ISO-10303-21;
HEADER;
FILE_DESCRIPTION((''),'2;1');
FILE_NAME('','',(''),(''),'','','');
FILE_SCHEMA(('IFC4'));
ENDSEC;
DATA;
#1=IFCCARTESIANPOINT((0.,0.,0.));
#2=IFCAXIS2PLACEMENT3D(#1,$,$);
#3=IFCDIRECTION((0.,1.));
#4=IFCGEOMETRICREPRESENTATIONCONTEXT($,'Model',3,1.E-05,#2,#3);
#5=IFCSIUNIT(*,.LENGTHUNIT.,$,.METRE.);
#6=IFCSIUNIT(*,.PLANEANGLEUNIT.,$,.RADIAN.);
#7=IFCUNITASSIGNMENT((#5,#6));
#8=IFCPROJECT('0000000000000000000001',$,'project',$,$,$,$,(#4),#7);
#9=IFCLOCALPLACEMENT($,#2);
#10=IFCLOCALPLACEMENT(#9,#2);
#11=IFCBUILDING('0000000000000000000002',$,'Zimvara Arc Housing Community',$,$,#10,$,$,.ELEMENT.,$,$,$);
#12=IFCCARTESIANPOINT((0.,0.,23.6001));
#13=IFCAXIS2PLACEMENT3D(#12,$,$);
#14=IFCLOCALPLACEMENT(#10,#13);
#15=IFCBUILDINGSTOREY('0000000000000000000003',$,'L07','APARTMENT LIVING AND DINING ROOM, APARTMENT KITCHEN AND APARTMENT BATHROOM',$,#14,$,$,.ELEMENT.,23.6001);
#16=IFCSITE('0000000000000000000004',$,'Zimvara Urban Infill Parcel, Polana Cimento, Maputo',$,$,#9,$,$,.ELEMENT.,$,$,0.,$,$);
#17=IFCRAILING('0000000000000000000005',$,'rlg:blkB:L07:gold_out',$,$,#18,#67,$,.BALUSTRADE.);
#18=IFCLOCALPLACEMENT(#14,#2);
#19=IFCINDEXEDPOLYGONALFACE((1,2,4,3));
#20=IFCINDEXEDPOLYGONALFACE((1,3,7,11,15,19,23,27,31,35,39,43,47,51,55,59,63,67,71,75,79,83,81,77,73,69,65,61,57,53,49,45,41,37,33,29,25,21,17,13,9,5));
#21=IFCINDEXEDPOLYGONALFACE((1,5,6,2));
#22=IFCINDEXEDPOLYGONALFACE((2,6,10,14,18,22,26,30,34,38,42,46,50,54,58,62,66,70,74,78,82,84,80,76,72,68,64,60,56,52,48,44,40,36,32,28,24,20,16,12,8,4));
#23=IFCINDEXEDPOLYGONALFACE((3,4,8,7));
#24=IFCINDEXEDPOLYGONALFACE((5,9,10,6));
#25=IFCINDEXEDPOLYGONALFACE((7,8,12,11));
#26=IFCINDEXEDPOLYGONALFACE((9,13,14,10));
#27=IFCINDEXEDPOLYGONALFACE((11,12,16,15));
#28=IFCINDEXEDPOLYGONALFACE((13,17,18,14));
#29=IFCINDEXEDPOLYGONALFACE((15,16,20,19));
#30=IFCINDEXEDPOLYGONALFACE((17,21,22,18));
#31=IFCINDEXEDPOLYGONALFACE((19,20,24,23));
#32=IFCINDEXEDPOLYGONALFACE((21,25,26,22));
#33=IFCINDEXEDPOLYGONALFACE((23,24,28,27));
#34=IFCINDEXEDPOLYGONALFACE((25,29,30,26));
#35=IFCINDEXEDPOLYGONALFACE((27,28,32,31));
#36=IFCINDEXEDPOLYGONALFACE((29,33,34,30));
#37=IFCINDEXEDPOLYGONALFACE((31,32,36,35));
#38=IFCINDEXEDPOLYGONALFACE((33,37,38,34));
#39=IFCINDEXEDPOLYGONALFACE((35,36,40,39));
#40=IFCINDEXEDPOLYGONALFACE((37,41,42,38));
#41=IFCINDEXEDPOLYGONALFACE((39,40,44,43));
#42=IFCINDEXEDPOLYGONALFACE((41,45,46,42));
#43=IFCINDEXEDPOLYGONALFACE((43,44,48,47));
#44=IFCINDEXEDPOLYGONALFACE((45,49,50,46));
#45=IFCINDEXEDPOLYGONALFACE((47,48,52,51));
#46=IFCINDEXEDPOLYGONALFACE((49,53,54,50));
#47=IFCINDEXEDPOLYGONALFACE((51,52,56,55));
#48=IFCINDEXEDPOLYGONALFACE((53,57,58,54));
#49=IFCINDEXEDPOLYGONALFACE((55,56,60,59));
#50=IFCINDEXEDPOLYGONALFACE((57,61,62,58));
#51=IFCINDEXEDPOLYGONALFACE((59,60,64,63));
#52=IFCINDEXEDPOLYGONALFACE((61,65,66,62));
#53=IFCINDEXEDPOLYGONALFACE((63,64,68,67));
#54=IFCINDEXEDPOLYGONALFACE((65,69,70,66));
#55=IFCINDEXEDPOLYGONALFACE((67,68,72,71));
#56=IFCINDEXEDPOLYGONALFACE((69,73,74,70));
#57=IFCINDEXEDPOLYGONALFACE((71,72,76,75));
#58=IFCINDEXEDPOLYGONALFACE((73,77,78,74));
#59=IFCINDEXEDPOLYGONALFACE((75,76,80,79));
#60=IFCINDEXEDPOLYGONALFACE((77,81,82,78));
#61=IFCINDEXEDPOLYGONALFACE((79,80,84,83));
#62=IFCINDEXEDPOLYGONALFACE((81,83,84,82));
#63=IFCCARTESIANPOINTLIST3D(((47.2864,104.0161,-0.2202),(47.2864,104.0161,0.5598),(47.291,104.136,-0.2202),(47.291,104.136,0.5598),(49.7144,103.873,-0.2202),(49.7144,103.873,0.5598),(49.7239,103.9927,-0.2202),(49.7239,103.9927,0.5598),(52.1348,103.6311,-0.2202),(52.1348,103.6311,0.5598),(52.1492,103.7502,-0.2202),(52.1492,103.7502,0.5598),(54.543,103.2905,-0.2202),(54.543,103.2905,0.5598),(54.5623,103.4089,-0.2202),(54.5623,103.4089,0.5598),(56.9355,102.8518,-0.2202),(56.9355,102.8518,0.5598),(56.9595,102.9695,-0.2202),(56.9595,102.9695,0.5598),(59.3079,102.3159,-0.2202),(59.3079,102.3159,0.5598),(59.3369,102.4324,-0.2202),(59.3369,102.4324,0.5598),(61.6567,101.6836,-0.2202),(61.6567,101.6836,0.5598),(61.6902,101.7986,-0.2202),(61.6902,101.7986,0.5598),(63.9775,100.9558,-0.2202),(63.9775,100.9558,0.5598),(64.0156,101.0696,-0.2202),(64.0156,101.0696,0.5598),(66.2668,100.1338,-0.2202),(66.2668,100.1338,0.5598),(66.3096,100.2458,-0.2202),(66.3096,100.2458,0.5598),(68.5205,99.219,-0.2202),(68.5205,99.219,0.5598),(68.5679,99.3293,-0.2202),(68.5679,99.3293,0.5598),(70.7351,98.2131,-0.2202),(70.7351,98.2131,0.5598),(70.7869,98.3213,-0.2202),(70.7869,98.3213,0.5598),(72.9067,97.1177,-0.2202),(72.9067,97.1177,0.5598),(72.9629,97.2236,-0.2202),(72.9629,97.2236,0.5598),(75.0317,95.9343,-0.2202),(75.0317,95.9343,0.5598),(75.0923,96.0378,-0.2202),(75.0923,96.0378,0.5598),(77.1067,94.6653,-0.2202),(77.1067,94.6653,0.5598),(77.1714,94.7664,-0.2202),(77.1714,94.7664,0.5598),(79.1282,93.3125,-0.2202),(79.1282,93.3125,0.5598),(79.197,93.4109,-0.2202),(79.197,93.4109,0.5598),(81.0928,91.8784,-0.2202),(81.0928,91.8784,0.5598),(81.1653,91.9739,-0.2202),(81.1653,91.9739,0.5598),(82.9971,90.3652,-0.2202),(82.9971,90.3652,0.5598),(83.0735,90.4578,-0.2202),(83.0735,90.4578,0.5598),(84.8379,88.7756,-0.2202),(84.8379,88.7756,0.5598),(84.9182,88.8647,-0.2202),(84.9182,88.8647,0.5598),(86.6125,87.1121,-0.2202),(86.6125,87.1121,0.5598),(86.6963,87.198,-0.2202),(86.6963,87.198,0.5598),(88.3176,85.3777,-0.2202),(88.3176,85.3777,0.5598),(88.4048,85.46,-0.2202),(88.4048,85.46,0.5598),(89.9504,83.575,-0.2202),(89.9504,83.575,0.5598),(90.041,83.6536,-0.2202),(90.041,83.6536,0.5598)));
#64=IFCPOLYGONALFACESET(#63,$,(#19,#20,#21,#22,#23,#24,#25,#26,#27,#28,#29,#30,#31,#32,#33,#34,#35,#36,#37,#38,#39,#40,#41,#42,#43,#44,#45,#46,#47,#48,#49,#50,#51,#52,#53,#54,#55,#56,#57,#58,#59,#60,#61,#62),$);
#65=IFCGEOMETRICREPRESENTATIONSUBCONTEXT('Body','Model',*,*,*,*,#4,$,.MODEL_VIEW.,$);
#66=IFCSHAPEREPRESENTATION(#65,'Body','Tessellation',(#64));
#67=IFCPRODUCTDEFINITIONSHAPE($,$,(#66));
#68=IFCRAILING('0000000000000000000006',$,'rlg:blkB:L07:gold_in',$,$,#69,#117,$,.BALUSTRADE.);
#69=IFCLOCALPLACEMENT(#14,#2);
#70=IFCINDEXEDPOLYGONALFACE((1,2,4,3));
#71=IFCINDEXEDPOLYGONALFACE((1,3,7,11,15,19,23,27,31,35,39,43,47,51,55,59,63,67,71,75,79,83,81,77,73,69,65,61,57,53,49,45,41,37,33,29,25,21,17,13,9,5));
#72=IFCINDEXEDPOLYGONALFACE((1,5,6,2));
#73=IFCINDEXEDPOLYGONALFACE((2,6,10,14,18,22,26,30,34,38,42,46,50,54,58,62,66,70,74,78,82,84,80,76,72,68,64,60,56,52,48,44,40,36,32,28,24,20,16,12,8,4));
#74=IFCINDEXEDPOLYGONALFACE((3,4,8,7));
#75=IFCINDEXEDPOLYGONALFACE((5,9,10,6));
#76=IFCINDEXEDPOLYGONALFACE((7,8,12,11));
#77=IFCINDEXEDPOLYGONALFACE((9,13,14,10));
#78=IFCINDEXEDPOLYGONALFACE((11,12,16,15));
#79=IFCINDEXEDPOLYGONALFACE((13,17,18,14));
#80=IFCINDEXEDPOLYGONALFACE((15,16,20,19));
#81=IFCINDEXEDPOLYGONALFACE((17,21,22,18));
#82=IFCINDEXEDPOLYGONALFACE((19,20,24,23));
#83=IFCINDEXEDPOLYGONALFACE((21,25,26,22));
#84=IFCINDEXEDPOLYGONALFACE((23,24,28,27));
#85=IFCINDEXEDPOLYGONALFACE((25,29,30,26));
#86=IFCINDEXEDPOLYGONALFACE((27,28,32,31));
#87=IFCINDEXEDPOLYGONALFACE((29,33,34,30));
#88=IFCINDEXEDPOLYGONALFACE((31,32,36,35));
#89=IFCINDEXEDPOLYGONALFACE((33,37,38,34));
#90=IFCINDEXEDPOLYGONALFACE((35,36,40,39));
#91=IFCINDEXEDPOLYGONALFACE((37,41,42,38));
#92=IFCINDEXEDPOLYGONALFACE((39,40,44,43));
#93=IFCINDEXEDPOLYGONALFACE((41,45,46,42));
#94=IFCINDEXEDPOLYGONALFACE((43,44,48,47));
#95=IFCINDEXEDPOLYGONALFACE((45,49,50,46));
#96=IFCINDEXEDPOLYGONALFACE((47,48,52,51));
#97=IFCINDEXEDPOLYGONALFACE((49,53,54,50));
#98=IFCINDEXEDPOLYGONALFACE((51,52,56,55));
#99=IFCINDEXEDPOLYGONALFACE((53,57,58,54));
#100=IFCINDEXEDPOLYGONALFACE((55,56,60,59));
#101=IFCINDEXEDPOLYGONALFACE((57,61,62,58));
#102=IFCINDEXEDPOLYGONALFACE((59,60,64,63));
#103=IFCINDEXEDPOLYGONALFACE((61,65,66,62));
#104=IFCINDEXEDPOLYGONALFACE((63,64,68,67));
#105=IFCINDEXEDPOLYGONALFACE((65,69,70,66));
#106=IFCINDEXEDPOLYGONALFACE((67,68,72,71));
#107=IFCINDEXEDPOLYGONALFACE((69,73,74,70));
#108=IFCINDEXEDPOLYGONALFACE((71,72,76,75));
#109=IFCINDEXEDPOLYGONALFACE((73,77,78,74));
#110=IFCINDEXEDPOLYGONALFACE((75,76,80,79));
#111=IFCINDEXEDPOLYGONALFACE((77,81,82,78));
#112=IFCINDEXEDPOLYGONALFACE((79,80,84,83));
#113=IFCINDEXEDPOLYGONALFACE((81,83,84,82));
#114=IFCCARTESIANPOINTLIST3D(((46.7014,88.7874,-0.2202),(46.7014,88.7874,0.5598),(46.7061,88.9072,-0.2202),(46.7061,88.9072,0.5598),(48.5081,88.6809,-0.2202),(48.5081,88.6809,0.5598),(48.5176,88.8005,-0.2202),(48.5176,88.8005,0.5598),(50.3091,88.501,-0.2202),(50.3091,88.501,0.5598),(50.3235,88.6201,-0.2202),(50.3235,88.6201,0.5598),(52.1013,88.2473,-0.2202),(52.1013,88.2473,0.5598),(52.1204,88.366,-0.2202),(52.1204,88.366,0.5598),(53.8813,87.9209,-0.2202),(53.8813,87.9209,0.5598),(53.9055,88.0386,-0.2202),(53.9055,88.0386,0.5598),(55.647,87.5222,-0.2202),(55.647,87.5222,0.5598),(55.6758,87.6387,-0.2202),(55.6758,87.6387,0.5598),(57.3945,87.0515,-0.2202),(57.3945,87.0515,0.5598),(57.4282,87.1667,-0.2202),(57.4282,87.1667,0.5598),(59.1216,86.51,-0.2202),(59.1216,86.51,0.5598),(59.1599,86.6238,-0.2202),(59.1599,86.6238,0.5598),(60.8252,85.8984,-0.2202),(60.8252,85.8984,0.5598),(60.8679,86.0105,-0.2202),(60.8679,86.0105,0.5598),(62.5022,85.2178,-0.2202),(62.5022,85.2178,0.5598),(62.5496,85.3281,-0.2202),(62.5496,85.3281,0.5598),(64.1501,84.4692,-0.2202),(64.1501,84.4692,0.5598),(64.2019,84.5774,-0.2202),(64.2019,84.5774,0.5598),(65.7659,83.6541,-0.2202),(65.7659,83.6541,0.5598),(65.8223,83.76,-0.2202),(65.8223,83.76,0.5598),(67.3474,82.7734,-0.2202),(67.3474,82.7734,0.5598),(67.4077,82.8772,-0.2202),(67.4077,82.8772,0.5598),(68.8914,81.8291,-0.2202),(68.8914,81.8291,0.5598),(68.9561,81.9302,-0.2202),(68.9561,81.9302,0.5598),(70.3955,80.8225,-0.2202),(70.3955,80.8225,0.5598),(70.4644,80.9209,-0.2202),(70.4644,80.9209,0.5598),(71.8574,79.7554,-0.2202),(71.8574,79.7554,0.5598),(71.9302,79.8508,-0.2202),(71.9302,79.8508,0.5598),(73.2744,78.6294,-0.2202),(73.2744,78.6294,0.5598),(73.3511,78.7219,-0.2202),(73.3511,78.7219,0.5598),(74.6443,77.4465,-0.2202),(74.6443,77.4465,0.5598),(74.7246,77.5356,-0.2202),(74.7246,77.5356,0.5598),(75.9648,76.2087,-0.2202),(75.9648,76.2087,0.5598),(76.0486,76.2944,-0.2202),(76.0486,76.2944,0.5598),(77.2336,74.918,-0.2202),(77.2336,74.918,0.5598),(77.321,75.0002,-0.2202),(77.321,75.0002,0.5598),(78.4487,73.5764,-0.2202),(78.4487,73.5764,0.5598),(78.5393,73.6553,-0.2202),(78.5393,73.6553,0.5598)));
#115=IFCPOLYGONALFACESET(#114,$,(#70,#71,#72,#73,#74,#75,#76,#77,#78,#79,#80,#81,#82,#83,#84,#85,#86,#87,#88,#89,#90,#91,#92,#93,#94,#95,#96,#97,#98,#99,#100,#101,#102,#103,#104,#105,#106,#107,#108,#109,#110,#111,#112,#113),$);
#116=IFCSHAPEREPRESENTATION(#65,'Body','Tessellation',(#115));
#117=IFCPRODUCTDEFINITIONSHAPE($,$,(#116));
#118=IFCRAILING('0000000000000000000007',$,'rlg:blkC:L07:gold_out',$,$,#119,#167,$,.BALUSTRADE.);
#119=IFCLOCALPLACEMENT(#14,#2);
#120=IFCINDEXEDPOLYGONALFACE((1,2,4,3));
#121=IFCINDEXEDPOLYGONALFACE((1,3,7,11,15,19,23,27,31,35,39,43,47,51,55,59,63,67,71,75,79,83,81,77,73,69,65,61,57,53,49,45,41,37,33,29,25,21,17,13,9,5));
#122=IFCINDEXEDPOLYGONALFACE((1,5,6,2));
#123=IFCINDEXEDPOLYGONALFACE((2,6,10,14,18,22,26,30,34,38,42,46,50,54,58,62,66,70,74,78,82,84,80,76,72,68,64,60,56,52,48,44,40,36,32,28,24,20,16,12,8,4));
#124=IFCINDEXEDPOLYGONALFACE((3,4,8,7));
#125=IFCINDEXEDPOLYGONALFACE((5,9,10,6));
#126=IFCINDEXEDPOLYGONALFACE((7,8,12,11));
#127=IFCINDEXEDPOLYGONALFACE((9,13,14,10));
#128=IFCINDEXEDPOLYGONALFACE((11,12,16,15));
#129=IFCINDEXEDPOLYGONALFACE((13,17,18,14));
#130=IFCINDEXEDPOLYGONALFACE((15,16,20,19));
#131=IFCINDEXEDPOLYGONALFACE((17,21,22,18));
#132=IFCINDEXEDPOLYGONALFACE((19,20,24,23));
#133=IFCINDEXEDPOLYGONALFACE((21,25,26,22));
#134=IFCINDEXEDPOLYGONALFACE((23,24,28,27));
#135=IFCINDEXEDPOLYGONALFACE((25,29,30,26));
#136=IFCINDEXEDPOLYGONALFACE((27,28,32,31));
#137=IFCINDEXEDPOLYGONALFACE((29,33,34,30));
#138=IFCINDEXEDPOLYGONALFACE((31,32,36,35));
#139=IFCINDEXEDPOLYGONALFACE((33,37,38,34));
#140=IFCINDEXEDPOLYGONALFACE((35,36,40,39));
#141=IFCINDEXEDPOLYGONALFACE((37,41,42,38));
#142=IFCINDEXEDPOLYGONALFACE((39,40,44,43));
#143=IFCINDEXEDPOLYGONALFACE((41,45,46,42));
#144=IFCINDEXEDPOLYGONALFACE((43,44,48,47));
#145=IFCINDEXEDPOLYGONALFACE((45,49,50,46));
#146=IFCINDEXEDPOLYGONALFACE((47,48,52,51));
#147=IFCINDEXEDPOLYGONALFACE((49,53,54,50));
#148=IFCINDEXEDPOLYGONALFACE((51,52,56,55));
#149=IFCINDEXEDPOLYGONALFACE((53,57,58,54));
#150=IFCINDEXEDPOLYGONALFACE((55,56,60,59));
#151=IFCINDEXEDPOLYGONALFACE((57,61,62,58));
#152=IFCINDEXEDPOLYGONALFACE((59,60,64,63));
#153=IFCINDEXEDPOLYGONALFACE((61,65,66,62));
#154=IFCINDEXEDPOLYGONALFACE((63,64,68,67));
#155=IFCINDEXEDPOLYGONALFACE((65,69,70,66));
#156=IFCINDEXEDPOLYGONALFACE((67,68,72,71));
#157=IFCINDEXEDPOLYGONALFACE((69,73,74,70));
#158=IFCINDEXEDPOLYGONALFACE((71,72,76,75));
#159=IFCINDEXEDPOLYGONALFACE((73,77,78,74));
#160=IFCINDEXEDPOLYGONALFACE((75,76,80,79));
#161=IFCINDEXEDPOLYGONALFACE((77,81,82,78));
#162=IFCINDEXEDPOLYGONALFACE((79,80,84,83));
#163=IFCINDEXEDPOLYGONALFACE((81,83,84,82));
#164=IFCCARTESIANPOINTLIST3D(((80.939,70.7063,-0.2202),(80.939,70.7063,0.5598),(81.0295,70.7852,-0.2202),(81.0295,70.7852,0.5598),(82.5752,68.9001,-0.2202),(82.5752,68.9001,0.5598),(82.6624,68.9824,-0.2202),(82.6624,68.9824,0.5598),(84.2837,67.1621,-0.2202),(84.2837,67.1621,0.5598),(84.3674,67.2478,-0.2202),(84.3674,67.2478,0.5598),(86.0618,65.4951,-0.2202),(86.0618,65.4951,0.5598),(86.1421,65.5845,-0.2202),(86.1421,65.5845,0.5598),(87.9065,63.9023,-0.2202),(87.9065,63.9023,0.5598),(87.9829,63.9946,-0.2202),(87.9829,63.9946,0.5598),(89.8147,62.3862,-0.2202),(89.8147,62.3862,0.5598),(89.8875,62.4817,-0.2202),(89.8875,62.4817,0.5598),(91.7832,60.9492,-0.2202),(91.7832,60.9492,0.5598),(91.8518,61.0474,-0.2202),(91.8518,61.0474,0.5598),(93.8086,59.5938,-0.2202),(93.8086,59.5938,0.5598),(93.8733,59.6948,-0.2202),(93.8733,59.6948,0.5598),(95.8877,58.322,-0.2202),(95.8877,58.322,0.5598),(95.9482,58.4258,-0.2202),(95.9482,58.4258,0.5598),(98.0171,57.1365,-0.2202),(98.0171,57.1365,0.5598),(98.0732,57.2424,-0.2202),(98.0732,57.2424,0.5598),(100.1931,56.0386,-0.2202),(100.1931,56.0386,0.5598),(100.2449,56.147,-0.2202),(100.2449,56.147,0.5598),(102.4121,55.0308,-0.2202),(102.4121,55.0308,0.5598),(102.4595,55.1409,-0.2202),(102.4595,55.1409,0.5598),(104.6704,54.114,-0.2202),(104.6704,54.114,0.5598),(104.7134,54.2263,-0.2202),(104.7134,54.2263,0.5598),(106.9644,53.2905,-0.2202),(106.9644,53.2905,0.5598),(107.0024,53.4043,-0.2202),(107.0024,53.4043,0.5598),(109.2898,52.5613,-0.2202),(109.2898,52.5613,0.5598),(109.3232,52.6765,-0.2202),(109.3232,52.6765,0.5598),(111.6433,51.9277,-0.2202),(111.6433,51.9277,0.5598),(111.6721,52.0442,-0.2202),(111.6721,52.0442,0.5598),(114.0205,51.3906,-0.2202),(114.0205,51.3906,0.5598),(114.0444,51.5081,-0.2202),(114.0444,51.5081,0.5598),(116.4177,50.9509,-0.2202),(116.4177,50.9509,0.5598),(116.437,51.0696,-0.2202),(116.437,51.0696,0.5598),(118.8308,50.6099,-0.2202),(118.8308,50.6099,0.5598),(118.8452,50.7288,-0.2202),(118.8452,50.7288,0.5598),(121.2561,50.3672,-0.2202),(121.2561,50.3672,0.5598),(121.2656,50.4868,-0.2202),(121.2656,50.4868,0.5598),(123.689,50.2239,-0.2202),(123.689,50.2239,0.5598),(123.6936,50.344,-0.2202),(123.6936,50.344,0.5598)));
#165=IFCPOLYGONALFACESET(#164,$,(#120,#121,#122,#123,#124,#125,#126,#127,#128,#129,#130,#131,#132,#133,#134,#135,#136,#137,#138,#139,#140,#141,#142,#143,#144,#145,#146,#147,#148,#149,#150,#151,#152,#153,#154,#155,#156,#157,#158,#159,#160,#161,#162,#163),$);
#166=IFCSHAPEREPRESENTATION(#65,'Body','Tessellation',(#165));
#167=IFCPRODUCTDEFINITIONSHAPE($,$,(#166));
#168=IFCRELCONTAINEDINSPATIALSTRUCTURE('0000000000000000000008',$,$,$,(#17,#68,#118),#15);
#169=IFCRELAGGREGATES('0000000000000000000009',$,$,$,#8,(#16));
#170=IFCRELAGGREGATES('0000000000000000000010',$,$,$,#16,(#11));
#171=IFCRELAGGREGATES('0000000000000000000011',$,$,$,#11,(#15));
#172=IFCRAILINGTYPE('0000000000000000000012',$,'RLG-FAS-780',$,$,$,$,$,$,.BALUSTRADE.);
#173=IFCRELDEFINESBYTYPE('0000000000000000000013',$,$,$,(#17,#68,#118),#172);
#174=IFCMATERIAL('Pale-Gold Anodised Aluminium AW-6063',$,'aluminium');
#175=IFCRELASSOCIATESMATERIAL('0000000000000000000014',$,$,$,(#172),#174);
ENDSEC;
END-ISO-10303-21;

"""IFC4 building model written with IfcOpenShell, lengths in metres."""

from ifc_helpers import new_model, si_unit, direction, frame, origin, place, context, subcontext, project, spatial, polyline, outline, extrude, material, type_object, element, save


model = new_model("IFC4")

# Units and contexts
model_context = context("Model", 3, precision=1e-05, world=origin(), true_north=direction((0.0, 1.0)))
body_context = subcontext(model_context, "Body", "Model", "MODEL_VIEW")
ifc_project = project(units=[si_unit("LENGTHUNIT", "METRE"), si_unit("PLANEANGLEUNIT", "RADIAN")], contexts=[model_context])

# Site, building, storey
site_placement = place(None, origin())
site = spatial("IfcSite", under=ifc_project, at=site_placement, Name="Zimvara Urban Infill Parcel, Polana Cimento, Maputo", CompositionType="ELEMENT", RefElevation=0.0)
building_placement = place(site_placement, origin())
building = spatial("IfcBuilding", under=site, at=building_placement, Name="Zimvara Arc Housing Community", CompositionType="ELEMENT")
storey_placement = place(building_placement, frame((0.0, 0.0, 23.6001)))
storey = spatial("IfcBuildingStorey", under=building, at=storey_placement, Name="L07", Description="APARTMENT LIVING AND DINING ROOM, APARTMENT KITCHEN AND APARTMENT BATHROOM", CompositionType="ELEMENT", Elevation=23.6001)

# Railings
ifc_material_1 = material(Name="Pale-Gold Anodised Aluminium AW-6063", Category="aluminium")
railing_type = type_object("IfcRailingType", Name="RLG-FAS-780", PredefinedType="BALUSTRADE", material=ifc_material_1)
railing_1_placement = place(storey_placement, frame((0.0, 0.0, -0.2202)))
element("IfcRailing", 1, at=railing_1_placement, inside=storey, type_object=railing_type, Name="rlg:blkB:L07:gold_out", PredefinedType="BALUSTRADE", context=body_context, shape_type="SweptSolid", body=[
    extrude(outline(polyline([(47.2864, 104.0161), (49.7144, 103.873), (52.1348, 103.6311), (54.543, 103.2905), (56.9355, 102.8518), (59.3079, 102.3159), (61.6567, 101.6836), (63.9775, 100.9558), (66.2668, 100.1338), (68.5205, 99.219), (70.7351, 98.2131), (72.9067, 97.1177), (75.0317, 95.9343), (77.1067, 94.6653), (79.1282, 93.3125), (81.0928, 91.8784), (82.9971, 90.3652), (84.8379, 88.7756), (86.6125, 87.1121), (88.3176, 85.3777), (89.9504, 83.575), (90.041, 83.6536), (88.4048, 85.46), (86.6963, 87.198), (84.9182, 88.8647), (83.0735, 90.4578), (81.1653, 91.9739), (79.197, 93.4109), (77.1714, 94.7664), (75.0923, 96.0378), (72.9629, 97.2236), (70.7869, 98.3213), (68.5679, 99.3293), (66.3096, 100.2458), (64.0156, 101.0696), (61.6902, 101.7986), (59.3369, 102.4324), (56.9595, 102.9695), (54.5623, 103.4089), (52.1492, 103.7502), (49.7239, 103.9927), (47.291, 104.136), (47.2864, 104.0161)])), origin(), (0.0, 0.0, 1.0), 0.78),
])
railing_2_placement = place(storey_placement, frame((0.0, 0.0, -0.2202)))
element("IfcRailing", 2, at=railing_2_placement, inside=storey, type_object=railing_type, Name="rlg:blkB:L07:gold_in", PredefinedType="BALUSTRADE", context=body_context, shape_type="SweptSolid", body=[
    extrude(outline(polyline([(46.7014, 88.7874), (48.5081, 88.6809), (50.3091, 88.501), (52.1013, 88.2473), (53.8813, 87.9209), (55.647, 87.5222), (57.3945, 87.0515), (59.1216, 86.51), (60.8252, 85.8984), (62.5022, 85.2178), (64.1501, 84.4692), (65.7659, 83.6541), (67.3474, 82.7734), (68.8914, 81.8291), (70.3955, 80.8225), (71.8574, 79.7554), (73.2744, 78.6294), (74.6443, 77.4465), (75.9648, 76.2087), (77.2336, 74.918), (78.4487, 73.5764), (78.5393, 73.6553), (77.321, 75.0002), (76.0486, 76.2944), (74.7246, 77.5356), (73.3511, 78.7219), (71.9302, 79.8508), (70.4644, 80.9209), (68.9561, 81.9302), (67.4077, 82.8772), (65.8223, 83.76), (64.2019, 84.5774), (62.5496, 85.3281), (60.8679, 86.0105), (59.1599, 86.6238), (57.4282, 87.1667), (55.6758, 87.6387), (53.9055, 88.0386), (52.1204, 88.366), (50.3235, 88.6201), (48.5176, 88.8005), (46.7061, 88.9072), (46.7014, 88.7874)])), origin(), (0.0, 0.0, 1.0), 0.78),
])
railing_3_placement = place(storey_placement, frame((0.0, 0.0, -0.2202)))
element("IfcRailing", 3, at=railing_3_placement, inside=storey, type_object=railing_type, Name="rlg:blkC:L07:gold_out", PredefinedType="BALUSTRADE", context=body_context, shape_type="SweptSolid", body=[
    extrude(outline(polyline([(80.939, 70.7063), (82.5752, 68.9001), (84.2837, 67.1621), (86.0618, 65.4951), (87.9065, 63.9023), (89.8147, 62.3862), (91.7832, 60.9492), (93.8086, 59.5938), (95.8877, 58.322), (98.0171, 57.1365), (100.1931, 56.0386), (102.4121, 55.0308), (104.6704, 54.114), (106.9644, 53.2905), (109.2898, 52.5613), (111.6433, 51.9277), (114.0205, 51.3906), (116.4177, 50.9509), (118.8308, 50.6099), (121.2561, 50.3672), (123.689, 50.2239), (123.6936, 50.344), (121.2656, 50.4868), (118.8452, 50.7288), (116.437, 51.0696), (114.0444, 51.5081), (111.6721, 52.0442), (109.3232, 52.6765), (107.0024, 53.4043), (104.7134, 54.2263), (102.4595, 55.1409), (100.2449, 56.147), (98.0732, 57.2424), (95.9482, 58.4258), (93.8733, 59.6948), (91.8518, 61.0474), (89.8875, 62.4817), (87.9829, 63.9946), (86.1421, 65.5845), (84.3674, 67.2478), (82.6624, 68.9824), (81.0295, 70.7852), (80.939, 70.7063)])), origin(), (0.0, 0.0, 1.0), 0.78),
])

save(model, "model.ifc")
